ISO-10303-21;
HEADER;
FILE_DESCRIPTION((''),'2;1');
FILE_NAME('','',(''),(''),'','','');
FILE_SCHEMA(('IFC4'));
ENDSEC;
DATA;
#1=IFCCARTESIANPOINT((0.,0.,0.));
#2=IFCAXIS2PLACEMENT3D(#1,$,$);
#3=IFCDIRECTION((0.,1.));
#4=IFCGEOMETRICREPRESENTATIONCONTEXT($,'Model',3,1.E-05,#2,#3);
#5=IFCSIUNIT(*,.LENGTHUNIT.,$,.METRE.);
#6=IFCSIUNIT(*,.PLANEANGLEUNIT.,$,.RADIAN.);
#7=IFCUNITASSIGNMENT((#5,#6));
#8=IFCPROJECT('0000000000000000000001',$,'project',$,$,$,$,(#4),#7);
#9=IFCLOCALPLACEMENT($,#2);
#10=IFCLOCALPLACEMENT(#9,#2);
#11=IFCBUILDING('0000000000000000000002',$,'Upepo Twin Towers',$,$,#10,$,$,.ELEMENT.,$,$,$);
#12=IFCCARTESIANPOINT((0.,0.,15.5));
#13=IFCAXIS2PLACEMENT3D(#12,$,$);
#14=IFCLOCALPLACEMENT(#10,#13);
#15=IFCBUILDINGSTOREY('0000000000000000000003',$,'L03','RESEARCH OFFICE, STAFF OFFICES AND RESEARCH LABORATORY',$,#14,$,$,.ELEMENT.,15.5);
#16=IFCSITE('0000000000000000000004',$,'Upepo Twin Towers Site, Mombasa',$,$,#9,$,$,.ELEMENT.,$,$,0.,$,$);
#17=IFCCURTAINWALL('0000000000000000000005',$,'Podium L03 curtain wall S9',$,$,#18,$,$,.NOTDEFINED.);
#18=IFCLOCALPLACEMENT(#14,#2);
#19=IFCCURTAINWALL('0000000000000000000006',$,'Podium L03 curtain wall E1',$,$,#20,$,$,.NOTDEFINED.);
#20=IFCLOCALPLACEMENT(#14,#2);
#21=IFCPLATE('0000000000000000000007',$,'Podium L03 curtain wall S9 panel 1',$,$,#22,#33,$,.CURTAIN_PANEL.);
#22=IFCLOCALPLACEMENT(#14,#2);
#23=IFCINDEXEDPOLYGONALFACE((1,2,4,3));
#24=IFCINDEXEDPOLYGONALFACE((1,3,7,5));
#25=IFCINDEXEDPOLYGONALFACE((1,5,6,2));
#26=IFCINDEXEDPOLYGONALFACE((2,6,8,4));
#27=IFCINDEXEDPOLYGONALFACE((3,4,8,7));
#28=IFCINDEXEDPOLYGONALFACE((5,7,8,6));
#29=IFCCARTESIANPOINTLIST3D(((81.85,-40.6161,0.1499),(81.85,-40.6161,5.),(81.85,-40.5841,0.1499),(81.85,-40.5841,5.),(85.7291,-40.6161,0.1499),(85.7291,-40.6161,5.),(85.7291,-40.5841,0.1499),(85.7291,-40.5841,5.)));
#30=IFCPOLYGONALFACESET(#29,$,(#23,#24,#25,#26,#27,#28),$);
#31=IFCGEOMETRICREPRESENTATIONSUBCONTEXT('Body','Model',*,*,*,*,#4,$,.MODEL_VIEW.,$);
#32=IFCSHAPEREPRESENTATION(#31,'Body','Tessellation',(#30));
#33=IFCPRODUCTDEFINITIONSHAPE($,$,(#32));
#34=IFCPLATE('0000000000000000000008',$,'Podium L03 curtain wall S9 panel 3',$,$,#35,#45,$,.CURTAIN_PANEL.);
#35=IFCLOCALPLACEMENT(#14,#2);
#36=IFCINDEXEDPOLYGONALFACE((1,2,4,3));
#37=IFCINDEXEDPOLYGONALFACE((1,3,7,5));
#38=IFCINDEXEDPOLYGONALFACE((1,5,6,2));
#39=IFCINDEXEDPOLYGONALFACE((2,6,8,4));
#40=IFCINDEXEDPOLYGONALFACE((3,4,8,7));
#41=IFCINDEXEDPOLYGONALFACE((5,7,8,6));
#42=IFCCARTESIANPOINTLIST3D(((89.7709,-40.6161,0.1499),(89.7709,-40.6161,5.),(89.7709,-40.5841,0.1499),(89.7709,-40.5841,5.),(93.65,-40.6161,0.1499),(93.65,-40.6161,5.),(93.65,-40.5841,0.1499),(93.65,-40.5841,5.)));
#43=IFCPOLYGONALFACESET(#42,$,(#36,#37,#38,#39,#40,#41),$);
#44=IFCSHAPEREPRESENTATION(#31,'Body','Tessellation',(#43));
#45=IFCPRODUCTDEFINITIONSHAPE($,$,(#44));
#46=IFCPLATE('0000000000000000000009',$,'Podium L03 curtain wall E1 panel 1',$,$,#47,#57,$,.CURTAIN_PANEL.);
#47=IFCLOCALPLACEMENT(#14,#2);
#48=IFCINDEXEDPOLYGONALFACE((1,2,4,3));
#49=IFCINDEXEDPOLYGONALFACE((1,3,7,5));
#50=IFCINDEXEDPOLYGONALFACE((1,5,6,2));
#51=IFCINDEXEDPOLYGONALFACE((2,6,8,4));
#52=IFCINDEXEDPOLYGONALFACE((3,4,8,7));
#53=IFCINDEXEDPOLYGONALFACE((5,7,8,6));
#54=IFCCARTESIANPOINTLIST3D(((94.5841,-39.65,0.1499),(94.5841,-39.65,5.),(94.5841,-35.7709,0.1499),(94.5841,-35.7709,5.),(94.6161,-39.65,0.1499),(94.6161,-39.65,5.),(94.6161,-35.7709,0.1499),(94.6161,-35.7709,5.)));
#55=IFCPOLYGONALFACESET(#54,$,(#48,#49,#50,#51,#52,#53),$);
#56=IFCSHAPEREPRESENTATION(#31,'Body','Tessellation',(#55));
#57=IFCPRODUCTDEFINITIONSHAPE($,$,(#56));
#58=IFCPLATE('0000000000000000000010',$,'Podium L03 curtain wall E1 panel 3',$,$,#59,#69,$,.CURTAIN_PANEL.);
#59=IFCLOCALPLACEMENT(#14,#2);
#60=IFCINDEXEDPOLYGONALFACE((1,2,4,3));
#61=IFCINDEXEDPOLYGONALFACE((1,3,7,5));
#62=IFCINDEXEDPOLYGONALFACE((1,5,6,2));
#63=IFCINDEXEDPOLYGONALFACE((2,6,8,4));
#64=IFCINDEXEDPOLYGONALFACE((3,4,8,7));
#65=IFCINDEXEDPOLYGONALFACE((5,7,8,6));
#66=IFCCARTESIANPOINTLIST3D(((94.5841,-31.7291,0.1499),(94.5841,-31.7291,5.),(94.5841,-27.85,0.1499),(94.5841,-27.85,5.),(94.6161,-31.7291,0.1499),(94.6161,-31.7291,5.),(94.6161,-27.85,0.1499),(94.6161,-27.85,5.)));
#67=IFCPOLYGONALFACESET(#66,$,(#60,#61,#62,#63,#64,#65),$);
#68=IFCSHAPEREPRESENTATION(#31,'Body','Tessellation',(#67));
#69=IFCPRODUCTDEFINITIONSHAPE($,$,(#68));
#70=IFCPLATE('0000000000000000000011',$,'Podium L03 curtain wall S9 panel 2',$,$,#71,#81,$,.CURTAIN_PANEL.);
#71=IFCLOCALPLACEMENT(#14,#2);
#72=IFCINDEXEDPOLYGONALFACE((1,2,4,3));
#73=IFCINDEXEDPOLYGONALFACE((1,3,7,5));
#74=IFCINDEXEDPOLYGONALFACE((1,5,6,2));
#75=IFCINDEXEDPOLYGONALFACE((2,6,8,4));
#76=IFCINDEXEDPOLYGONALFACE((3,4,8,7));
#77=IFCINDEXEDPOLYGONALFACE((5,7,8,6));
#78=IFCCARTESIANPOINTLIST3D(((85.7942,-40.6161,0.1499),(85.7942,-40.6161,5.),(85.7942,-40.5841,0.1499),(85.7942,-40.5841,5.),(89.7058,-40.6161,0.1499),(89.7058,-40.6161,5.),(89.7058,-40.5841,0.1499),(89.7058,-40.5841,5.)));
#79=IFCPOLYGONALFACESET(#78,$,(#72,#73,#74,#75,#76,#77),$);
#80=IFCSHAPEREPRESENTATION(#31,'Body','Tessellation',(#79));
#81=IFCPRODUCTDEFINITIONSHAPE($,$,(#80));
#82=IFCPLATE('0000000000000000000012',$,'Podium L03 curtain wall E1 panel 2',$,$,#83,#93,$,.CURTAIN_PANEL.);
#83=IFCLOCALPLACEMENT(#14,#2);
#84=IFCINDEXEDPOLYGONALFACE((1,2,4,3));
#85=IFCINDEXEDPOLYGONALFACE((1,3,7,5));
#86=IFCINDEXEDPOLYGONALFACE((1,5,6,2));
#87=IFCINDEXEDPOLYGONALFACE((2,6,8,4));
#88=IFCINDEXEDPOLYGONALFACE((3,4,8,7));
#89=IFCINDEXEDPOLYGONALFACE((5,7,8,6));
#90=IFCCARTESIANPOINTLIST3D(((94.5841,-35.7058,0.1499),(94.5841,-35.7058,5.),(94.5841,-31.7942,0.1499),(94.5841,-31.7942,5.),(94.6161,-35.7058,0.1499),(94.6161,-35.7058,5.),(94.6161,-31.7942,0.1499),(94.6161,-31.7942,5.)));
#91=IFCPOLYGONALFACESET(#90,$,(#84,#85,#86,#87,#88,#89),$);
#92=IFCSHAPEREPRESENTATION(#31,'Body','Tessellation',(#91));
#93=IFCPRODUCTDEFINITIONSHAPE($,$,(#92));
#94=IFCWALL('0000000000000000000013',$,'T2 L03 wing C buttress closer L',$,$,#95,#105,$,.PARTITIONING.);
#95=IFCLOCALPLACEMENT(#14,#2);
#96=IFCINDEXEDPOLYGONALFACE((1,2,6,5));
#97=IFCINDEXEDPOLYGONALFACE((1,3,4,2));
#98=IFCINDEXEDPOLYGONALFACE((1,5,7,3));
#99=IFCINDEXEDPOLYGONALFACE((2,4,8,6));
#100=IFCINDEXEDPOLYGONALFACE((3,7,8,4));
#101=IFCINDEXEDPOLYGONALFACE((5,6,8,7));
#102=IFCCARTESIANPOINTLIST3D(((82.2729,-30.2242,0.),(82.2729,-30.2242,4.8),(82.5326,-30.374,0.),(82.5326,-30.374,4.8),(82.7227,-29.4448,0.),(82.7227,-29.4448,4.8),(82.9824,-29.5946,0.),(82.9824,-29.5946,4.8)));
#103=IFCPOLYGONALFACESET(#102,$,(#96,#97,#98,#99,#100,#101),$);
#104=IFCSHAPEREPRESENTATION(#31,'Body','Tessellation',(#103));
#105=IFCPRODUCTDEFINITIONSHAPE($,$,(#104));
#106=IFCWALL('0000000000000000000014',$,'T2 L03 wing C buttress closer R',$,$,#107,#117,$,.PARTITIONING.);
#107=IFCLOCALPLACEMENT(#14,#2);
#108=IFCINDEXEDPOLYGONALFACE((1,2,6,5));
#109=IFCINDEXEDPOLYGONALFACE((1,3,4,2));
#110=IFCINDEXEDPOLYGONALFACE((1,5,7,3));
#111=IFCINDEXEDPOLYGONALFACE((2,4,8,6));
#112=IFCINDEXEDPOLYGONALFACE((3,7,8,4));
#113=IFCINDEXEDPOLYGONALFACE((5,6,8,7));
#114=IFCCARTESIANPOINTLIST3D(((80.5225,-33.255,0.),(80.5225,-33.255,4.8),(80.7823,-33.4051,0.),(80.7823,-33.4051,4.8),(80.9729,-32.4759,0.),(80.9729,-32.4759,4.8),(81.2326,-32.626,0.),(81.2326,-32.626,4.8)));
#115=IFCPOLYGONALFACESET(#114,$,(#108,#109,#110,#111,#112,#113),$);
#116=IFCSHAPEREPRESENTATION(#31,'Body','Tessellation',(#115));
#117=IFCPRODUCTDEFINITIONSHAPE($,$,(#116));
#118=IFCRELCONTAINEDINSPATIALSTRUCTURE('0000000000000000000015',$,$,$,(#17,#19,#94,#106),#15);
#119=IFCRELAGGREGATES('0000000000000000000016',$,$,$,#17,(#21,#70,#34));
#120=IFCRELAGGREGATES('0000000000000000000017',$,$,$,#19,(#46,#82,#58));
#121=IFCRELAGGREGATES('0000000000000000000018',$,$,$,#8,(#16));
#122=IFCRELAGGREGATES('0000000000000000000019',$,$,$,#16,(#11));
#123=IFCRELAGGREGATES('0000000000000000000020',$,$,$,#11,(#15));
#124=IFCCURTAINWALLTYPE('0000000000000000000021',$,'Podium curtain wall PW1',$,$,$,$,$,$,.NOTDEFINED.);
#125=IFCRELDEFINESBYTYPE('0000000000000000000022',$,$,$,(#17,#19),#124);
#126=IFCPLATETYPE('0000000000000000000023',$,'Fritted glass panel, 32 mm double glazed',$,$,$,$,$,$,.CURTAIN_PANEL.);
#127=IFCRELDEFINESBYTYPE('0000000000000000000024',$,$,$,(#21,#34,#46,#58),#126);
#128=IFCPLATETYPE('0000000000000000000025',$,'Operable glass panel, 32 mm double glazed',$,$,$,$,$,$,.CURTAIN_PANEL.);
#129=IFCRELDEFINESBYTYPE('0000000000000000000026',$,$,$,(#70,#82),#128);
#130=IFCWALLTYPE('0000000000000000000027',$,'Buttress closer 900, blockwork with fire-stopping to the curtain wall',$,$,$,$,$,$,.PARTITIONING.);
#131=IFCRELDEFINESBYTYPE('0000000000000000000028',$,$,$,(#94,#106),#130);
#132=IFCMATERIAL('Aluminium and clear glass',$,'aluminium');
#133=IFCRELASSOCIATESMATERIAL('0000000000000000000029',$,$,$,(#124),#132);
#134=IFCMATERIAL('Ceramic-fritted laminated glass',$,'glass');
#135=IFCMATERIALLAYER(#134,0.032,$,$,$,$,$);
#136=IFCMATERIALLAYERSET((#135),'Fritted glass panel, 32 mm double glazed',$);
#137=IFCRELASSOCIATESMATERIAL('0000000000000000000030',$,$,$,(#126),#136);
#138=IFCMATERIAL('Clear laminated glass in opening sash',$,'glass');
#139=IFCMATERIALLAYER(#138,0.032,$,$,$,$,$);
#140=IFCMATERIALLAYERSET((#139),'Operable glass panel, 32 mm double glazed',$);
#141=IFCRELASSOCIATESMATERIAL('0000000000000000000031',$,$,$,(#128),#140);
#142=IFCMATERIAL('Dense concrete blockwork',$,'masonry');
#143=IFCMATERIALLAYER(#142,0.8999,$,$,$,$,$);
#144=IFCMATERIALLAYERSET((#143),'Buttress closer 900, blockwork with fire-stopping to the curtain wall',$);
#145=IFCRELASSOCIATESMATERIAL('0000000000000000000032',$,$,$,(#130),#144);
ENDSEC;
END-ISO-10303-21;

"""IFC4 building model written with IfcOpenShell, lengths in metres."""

from ifc_helpers import new_model, si_unit, direction, frame, frame_2d, origin, origin_2d, place, context, subcontext, project, spatial, rectangle, extrude, material, layer, layer_set, type_object, element, aggregate, save


model = new_model("IFC4")

# Units and contexts
model_context = context("Model", 3, precision=1e-05, world=origin(), true_north=direction((0.0, 1.0)))
body_context = subcontext(model_context, "Body", "Model", "MODEL_VIEW")
ifc_project = project(units=[si_unit("LENGTHUNIT", "METRE"), si_unit("PLANEANGLEUNIT", "RADIAN")], contexts=[model_context])

# Site, building, storey
site_placement = place(None, origin())
site = spatial("IfcSite", under=ifc_project, at=site_placement, Name="Upepo Twin Towers Site, Mombasa", CompositionType="ELEMENT", RefElevation=0.0)
building_placement = place(site_placement, origin())
building = spatial("IfcBuilding", under=site, at=building_placement, Name="Upepo Twin Towers", CompositionType="ELEMENT")
storey_placement = place(building_placement, frame((0.0, 0.0, 15.5)))
storey = spatial("IfcBuildingStorey", under=building, at=storey_placement, Name="L03", Description="RESEARCH OFFICE, STAFF OFFICES AND RESEARCH LABORATORY", CompositionType="ELEMENT", Elevation=15.5)

# Shared definitions
ifc_material_1 = material(Name="Aluminium and clear glass", Category="aluminium")
curtain_wall_type = type_object("IfcCurtainWallType", Name="Podium curtain wall PW1", PredefinedType="NOTDEFINED", material=ifc_material_1)

# Curtain walls
curtain_wall_1_placement = place(storey_placement, origin())
curtain_wall_1 = element("IfcCurtainWall", 1, at=curtain_wall_1_placement, inside=storey, type_object=curtain_wall_type, Name="Podium L03 curtain wall S9", PredefinedType="NOTDEFINED")
curtain_wall_2_placement = place(storey_placement, origin())
curtain_wall_2 = element("IfcCurtainWall", 2, at=curtain_wall_2_placement, inside=storey, type_object=curtain_wall_type, Name="Podium L03 curtain wall E1", PredefinedType="NOTDEFINED")

# Plates
ifc_material_2 = material(Name="Ceramic-fritted laminated glass", Category="glass")
ifc_layer_1 = layer(ifc_material_2, 0.032)
ifc_layer_set_1 = layer_set([ifc_layer_1], Name="Fritted glass panel, 32 mm double glazed")
plate_type_1 = type_object("IfcPlateType", Name="Fritted glass panel, 32 mm double glazed", PredefinedType="CURTAIN_PANEL", material=ifc_layer_set_1)
plate_1_placement = place(storey_placement, frame((83.7896, -40.6001, 0.1499), z_axis=(0.0, 0.0, 1.0), x_axis=(1.0, 0.0, 0.0)))
plate_1 = element("IfcPlate", 3, at=plate_1_placement, type_object=plate_type_1, Name="Podium L03 curtain wall S9 panel 1", PredefinedType="CURTAIN_PANEL", context=body_context, shape_type="SweptSolid", body=[
    extrude(rectangle(XDim=3.8792, YDim=0.032, at=origin_2d()), origin(), (0.0, 0.0, 1.0), 4.8501),
])
plate_2_placement = place(storey_placement, frame((91.7104, -40.6001, 0.1499), z_axis=(0.0, 0.0, 1.0), x_axis=(1.0, 0.0, 0.0)))
plate_2 = element("IfcPlate", 4, at=plate_2_placement, type_object=plate_type_1, Name="Podium L03 curtain wall S9 panel 3", PredefinedType="CURTAIN_PANEL", context=body_context, shape_type="SweptSolid", body=[
    extrude(rectangle(XDim=3.8792, YDim=0.032, at=origin_2d()), origin(), (0.0, 0.0, 1.0), 4.8501),
])
plate_3_placement = place(storey_placement, frame((94.6001, -37.7104, 0.1499), z_axis=(0.0, 0.0, 1.0), x_axis=(0.0, 1.0, 0.0)))
plate_3 = element("IfcPlate", 5, at=plate_3_placement, type_object=plate_type_1, Name="Podium L03 curtain wall E1 panel 1", PredefinedType="CURTAIN_PANEL", context=body_context, shape_type="SweptSolid", body=[
    extrude(rectangle(XDim=3.8792, YDim=0.032, at=origin_2d()), origin(), (0.0, 0.0, 1.0), 4.8501),
])
plate_4_placement = place(storey_placement, frame((94.6001, -29.7896, 0.1499), z_axis=(0.0, 0.0, 1.0), x_axis=(0.0, 1.0, 0.0)))
plate_4 = element("IfcPlate", 6, at=plate_4_placement, type_object=plate_type_1, Name="Podium L03 curtain wall E1 panel 3", PredefinedType="CURTAIN_PANEL", context=body_context, shape_type="SweptSolid", body=[
    extrude(rectangle(XDim=3.8792, YDim=0.032, at=origin_2d()), origin(), (0.0, 0.0, 1.0), 4.8501),
])
ifc_material_3 = material(Name="Clear laminated glass in opening sash", Category="glass")
ifc_layer_2 = layer(ifc_material_3, 0.032)
ifc_layer_set_2 = layer_set([ifc_layer_2], Name="Operable glass panel, 32 mm double glazed")
plate_type_2 = type_object("IfcPlateType", Name="Operable glass panel, 32 mm double glazed", PredefinedType="CURTAIN_PANEL", material=ifc_layer_set_2)
plate_5_placement = place(storey_placement, frame((87.75, -40.6001, 0.1499), z_axis=(0.0, 0.0, 1.0), x_axis=(1.0, 0.0, 0.0)))
plate_5 = element("IfcPlate", 7, at=plate_5_placement, type_object=plate_type_2, Name="Podium L03 curtain wall S9 panel 2", PredefinedType="CURTAIN_PANEL", context=body_context, shape_type="SweptSolid", body=[
    extrude(rectangle(XDim=3.9116, YDim=0.032, at=origin_2d()), origin(), (0.0, 0.0, 1.0), 4.8501),
])
aggregate(curtain_wall_1, [plate_1, plate_5, plate_2])
plate_6_placement = place(storey_placement, frame((94.6001, -33.75, 0.1499), z_axis=(0.0, 0.0, 1.0), x_axis=(0.0, 1.0, 0.0)))
plate_6 = element("IfcPlate", 8, at=plate_6_placement, type_object=plate_type_2, Name="Podium L03 curtain wall E1 panel 2", PredefinedType="CURTAIN_PANEL", context=body_context, shape_type="SweptSolid", body=[
    extrude(rectangle(XDim=3.9116, YDim=0.032, at=origin_2d()), origin(), (0.0, 0.0, 1.0), 4.8501),
])
aggregate(curtain_wall_2, [plate_3, plate_6, plate_4])

# Walls
ifc_material_4 = material(Name="Dense concrete blockwork", Category="masonry")
ifc_layer_3 = layer(ifc_material_4, 0.8999)
ifc_layer_set_3 = layer_set([ifc_layer_3], Name="Buttress closer 900, blockwork with fire-stopping to the curtain wall")
wall_type = type_object("IfcWallType", Name="Buttress closer 900, blockwork with fire-stopping to the curtain wall", PredefinedType="PARTITIONING", material=ifc_layer_set_3)
wall_1_placement = place(storey_placement, frame((82.4978, -29.8345, 0.0), z_axis=(0.0, 0.0, 1.0), x_axis=(0.866131, -0.499816, 0.0)))
element("IfcWall", 9, at=wall_1_placement, inside=storey, type_object=wall_type, Name="T2 L03 wing C buttress closer L", PredefinedType="PARTITIONING", context=body_context, shape_type="SweptSolid", body=[
    extrude(rectangle(XDim=0.2998, YDim=0.8999, at=frame_2d((0.1499, 0.0))), origin(), (0.0, 0.0, 1.0), 4.8),
])
wall_2_placement = place(storey_placement, frame((80.7478, -32.8655, 0.0), z_axis=(0.0, 0.0, 1.0), x_axis=(0.865779, -0.500427, 0.0)))
element("IfcWall", 10, at=wall_2_placement, inside=storey, type_object=wall_type, Name="T2 L03 wing C buttress closer R", PredefinedType="PARTITIONING", context=body_context, shape_type="SweptSolid", body=[
    extrude(rectangle(XDim=0.3, YDim=0.8999, at=frame_2d((0.1499, 0.0))), origin(), (0.0, 0.0, 1.0), 4.8),
])

save(model, "model.ifc")
